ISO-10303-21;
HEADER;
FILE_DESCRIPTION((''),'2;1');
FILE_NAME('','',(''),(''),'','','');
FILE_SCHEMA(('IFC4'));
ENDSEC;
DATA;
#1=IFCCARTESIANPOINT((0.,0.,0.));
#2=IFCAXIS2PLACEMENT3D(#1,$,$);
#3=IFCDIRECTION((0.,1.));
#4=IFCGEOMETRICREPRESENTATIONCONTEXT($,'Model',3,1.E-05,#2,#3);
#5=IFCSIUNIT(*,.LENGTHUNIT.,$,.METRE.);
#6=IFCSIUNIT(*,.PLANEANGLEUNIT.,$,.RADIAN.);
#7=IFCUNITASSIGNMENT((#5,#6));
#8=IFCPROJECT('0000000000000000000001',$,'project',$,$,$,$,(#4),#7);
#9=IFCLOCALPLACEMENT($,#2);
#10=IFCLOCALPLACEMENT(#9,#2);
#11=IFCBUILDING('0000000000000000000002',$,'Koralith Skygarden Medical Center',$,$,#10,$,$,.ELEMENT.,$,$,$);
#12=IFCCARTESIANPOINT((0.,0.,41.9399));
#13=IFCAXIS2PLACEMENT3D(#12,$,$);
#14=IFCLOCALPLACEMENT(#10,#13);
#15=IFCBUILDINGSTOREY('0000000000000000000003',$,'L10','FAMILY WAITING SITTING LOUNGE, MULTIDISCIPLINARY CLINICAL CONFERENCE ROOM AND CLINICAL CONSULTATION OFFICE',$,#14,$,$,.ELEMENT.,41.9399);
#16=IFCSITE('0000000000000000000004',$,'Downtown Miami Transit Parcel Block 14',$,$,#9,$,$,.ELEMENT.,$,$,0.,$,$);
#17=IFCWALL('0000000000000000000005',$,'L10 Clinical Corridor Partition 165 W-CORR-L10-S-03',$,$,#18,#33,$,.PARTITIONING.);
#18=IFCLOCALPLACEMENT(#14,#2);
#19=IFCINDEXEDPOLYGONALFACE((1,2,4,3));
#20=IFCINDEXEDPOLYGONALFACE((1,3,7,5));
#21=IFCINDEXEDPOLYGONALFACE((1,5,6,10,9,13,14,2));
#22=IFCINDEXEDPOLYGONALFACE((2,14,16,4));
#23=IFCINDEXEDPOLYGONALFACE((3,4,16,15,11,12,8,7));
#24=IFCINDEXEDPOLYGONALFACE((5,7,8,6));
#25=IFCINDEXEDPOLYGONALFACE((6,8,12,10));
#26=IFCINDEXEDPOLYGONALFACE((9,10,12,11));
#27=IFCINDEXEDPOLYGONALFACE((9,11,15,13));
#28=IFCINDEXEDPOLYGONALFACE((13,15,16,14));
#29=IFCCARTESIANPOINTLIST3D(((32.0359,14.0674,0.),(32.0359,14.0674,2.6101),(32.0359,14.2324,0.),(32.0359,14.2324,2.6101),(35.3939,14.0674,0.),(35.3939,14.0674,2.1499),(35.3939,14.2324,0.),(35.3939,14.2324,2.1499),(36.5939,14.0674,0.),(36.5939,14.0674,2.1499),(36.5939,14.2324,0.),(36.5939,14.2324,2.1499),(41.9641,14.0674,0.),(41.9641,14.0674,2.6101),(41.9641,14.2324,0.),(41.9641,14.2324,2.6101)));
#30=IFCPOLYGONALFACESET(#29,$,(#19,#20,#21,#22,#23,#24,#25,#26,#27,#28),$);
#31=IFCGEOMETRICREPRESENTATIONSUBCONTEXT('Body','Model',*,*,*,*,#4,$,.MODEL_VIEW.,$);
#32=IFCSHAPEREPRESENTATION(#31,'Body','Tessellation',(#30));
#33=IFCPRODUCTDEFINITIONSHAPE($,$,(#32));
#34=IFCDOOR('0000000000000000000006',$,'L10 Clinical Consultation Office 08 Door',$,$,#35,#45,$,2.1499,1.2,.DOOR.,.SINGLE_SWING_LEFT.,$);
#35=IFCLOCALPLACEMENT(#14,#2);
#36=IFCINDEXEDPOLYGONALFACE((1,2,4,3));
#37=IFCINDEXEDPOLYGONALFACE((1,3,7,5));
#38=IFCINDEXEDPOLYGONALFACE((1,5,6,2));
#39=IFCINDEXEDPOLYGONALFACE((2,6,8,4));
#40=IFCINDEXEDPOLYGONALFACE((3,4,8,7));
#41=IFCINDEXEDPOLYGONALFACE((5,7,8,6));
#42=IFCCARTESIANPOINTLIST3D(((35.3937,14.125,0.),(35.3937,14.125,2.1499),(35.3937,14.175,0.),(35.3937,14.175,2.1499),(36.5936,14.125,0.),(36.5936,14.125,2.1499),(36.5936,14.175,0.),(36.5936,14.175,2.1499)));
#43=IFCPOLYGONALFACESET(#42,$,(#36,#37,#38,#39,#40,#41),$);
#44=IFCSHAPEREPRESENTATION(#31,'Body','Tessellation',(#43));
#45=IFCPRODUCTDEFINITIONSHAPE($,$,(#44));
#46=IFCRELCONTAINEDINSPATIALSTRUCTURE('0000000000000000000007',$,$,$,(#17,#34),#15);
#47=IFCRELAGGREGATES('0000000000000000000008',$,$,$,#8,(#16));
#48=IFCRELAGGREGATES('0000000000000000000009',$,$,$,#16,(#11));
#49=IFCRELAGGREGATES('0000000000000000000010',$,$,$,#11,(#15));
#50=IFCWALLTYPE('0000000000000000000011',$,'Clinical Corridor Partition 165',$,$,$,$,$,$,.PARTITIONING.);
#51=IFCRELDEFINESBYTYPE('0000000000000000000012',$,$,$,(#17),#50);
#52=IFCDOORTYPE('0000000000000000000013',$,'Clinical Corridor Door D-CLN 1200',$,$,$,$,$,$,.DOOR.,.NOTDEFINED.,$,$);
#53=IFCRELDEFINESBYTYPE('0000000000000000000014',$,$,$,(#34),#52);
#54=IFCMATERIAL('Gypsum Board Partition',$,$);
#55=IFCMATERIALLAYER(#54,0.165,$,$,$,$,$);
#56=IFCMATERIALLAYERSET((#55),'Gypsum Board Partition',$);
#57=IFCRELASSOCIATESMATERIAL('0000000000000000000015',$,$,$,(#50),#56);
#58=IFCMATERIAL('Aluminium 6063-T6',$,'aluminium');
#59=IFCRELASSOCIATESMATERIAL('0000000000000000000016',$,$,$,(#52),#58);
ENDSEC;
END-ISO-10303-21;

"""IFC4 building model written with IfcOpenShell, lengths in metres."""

from ifc_helpers import new_model, si_unit, direction, frame, frame_2d, origin, place, context, subcontext, project, spatial, rectangle, extrude, material, layer, layer_set, type_object, element, fill, save


model = new_model("IFC4")

# Units and contexts
model_context = context("Model", 3, precision=1e-05, world=origin(), true_north=direction((0.0, 1.0)))
body_context = subcontext(model_context, "Body", "Model", "MODEL_VIEW")
ifc_project = project(units=[si_unit("LENGTHUNIT", "METRE"), si_unit("PLANEANGLEUNIT", "RADIAN")], contexts=[model_context])

# Site, building, storey
site_placement = place(None, origin())
site = spatial("IfcSite", under=ifc_project, at=site_placement, Name="Downtown Miami Transit Parcel Block 14", CompositionType="ELEMENT", RefElevation=0.0)
building_placement = place(site_placement, origin())
building = spatial("IfcBuilding", under=site, at=building_placement, Name="Koralith Skygarden Medical Center", CompositionType="ELEMENT")
storey_placement = place(building_placement, frame((0.0, 0.0, 41.9399)))
storey = spatial("IfcBuildingStorey", under=building, at=storey_placement, Name="L10", Description="FAMILY WAITING SITTING LOUNGE, MULTIDISCIPLINARY CLINICAL CONFERENCE ROOM AND CLINICAL CONSULTATION OFFICE", CompositionType="ELEMENT", Elevation=41.9399)

# Shared definitions
ifc_material_1 = material(Name="Aluminium 6063-T6", Category="aluminium")

# Shared definitions
ifc_material_2 = material(Name="Gypsum Board Partition")

# Wall, opening, door
ifc_layer_1 = layer(ifc_material_2, 0.165)
ifc_layer_set_1 = layer_set([ifc_layer_1], Name="Gypsum Board Partition")
wall_type_1 = type_object("IfcWallType", Name="Clinical Corridor Partition 165", PredefinedType="PARTITIONING", material=ifc_layer_set_1)
door_type_1 = type_object("IfcDoorType", Name="Clinical Corridor Door D-CLN 1200", OperationType="NOTDEFINED", PredefinedType="DOOR", material=ifc_material_1)
wall_1_placement = place(storey_placement, frame((32.0359, 14.1499, 0.0), z_axis=(0.0, 0.0, 1.0), x_axis=(1.0, 0.0, 0.0)))
wall_1 = element("IfcWall", 1, at=wall_1_placement, inside=storey, type_object=wall_type_1, Name="L10 Clinical Corridor Partition 165 W-CORR-L10-S-03", PredefinedType="PARTITIONING", context=body_context, shape_type="SweptSolid", body=[
    extrude(rectangle(XDim=9.9282, YDim=0.165, at=frame_2d((4.9641, 0.0))), origin(), (0.0, 0.0, 1.0), 2.6101),
])
opening_1_placement = place(wall_1_placement, frame((3.3579, 0.0, 0.0)))
opening_1 = element("IfcOpeningElement", 2, at=opening_1_placement, cuts=wall_1, PredefinedType="OPENING", context=body_context, shape_type="SweptSolid", body=[
    extrude(rectangle(XDim=1.2, YDim=2.1499, at=frame_2d((0.6001, 1.075))), frame((0.0, 0.0925, 0.0), z_axis=(0.0, -1.0, 0.0), x_axis=(1.0, 0.0, 0.0)), (0.0, 0.0, 1.0), 0.1851),
])
door_1_placement = place(opening_1_placement, frame((1.2, 0.0, 0.0), z_axis=(0.0, 0.0, 1.0), x_axis=(-1.0, 0.0, 0.0)))
door_1 = element("IfcDoor", 3, at=door_1_placement, inside=storey, type_object=door_type_1, Name="L10 Clinical Consultation Office 08 Door", OperationType="SINGLE_SWING_LEFT", OverallHeight=2.1499, OverallWidth=1.2, PredefinedType="DOOR", context=body_context, shape_type="SweptSolid", body=[
    extrude(rectangle(XDim=1.2, YDim=2.1499, at=frame_2d((0.6001, 1.075))), frame((0.0, 0.0249, 0.0), z_axis=(0.0, -1.0, 0.0), x_axis=(1.0, 0.0, 0.0)), (0.0, 0.0, 1.0), 0.05),
])
fill(opening_1, door_1)

save(model, "model.ifc")
